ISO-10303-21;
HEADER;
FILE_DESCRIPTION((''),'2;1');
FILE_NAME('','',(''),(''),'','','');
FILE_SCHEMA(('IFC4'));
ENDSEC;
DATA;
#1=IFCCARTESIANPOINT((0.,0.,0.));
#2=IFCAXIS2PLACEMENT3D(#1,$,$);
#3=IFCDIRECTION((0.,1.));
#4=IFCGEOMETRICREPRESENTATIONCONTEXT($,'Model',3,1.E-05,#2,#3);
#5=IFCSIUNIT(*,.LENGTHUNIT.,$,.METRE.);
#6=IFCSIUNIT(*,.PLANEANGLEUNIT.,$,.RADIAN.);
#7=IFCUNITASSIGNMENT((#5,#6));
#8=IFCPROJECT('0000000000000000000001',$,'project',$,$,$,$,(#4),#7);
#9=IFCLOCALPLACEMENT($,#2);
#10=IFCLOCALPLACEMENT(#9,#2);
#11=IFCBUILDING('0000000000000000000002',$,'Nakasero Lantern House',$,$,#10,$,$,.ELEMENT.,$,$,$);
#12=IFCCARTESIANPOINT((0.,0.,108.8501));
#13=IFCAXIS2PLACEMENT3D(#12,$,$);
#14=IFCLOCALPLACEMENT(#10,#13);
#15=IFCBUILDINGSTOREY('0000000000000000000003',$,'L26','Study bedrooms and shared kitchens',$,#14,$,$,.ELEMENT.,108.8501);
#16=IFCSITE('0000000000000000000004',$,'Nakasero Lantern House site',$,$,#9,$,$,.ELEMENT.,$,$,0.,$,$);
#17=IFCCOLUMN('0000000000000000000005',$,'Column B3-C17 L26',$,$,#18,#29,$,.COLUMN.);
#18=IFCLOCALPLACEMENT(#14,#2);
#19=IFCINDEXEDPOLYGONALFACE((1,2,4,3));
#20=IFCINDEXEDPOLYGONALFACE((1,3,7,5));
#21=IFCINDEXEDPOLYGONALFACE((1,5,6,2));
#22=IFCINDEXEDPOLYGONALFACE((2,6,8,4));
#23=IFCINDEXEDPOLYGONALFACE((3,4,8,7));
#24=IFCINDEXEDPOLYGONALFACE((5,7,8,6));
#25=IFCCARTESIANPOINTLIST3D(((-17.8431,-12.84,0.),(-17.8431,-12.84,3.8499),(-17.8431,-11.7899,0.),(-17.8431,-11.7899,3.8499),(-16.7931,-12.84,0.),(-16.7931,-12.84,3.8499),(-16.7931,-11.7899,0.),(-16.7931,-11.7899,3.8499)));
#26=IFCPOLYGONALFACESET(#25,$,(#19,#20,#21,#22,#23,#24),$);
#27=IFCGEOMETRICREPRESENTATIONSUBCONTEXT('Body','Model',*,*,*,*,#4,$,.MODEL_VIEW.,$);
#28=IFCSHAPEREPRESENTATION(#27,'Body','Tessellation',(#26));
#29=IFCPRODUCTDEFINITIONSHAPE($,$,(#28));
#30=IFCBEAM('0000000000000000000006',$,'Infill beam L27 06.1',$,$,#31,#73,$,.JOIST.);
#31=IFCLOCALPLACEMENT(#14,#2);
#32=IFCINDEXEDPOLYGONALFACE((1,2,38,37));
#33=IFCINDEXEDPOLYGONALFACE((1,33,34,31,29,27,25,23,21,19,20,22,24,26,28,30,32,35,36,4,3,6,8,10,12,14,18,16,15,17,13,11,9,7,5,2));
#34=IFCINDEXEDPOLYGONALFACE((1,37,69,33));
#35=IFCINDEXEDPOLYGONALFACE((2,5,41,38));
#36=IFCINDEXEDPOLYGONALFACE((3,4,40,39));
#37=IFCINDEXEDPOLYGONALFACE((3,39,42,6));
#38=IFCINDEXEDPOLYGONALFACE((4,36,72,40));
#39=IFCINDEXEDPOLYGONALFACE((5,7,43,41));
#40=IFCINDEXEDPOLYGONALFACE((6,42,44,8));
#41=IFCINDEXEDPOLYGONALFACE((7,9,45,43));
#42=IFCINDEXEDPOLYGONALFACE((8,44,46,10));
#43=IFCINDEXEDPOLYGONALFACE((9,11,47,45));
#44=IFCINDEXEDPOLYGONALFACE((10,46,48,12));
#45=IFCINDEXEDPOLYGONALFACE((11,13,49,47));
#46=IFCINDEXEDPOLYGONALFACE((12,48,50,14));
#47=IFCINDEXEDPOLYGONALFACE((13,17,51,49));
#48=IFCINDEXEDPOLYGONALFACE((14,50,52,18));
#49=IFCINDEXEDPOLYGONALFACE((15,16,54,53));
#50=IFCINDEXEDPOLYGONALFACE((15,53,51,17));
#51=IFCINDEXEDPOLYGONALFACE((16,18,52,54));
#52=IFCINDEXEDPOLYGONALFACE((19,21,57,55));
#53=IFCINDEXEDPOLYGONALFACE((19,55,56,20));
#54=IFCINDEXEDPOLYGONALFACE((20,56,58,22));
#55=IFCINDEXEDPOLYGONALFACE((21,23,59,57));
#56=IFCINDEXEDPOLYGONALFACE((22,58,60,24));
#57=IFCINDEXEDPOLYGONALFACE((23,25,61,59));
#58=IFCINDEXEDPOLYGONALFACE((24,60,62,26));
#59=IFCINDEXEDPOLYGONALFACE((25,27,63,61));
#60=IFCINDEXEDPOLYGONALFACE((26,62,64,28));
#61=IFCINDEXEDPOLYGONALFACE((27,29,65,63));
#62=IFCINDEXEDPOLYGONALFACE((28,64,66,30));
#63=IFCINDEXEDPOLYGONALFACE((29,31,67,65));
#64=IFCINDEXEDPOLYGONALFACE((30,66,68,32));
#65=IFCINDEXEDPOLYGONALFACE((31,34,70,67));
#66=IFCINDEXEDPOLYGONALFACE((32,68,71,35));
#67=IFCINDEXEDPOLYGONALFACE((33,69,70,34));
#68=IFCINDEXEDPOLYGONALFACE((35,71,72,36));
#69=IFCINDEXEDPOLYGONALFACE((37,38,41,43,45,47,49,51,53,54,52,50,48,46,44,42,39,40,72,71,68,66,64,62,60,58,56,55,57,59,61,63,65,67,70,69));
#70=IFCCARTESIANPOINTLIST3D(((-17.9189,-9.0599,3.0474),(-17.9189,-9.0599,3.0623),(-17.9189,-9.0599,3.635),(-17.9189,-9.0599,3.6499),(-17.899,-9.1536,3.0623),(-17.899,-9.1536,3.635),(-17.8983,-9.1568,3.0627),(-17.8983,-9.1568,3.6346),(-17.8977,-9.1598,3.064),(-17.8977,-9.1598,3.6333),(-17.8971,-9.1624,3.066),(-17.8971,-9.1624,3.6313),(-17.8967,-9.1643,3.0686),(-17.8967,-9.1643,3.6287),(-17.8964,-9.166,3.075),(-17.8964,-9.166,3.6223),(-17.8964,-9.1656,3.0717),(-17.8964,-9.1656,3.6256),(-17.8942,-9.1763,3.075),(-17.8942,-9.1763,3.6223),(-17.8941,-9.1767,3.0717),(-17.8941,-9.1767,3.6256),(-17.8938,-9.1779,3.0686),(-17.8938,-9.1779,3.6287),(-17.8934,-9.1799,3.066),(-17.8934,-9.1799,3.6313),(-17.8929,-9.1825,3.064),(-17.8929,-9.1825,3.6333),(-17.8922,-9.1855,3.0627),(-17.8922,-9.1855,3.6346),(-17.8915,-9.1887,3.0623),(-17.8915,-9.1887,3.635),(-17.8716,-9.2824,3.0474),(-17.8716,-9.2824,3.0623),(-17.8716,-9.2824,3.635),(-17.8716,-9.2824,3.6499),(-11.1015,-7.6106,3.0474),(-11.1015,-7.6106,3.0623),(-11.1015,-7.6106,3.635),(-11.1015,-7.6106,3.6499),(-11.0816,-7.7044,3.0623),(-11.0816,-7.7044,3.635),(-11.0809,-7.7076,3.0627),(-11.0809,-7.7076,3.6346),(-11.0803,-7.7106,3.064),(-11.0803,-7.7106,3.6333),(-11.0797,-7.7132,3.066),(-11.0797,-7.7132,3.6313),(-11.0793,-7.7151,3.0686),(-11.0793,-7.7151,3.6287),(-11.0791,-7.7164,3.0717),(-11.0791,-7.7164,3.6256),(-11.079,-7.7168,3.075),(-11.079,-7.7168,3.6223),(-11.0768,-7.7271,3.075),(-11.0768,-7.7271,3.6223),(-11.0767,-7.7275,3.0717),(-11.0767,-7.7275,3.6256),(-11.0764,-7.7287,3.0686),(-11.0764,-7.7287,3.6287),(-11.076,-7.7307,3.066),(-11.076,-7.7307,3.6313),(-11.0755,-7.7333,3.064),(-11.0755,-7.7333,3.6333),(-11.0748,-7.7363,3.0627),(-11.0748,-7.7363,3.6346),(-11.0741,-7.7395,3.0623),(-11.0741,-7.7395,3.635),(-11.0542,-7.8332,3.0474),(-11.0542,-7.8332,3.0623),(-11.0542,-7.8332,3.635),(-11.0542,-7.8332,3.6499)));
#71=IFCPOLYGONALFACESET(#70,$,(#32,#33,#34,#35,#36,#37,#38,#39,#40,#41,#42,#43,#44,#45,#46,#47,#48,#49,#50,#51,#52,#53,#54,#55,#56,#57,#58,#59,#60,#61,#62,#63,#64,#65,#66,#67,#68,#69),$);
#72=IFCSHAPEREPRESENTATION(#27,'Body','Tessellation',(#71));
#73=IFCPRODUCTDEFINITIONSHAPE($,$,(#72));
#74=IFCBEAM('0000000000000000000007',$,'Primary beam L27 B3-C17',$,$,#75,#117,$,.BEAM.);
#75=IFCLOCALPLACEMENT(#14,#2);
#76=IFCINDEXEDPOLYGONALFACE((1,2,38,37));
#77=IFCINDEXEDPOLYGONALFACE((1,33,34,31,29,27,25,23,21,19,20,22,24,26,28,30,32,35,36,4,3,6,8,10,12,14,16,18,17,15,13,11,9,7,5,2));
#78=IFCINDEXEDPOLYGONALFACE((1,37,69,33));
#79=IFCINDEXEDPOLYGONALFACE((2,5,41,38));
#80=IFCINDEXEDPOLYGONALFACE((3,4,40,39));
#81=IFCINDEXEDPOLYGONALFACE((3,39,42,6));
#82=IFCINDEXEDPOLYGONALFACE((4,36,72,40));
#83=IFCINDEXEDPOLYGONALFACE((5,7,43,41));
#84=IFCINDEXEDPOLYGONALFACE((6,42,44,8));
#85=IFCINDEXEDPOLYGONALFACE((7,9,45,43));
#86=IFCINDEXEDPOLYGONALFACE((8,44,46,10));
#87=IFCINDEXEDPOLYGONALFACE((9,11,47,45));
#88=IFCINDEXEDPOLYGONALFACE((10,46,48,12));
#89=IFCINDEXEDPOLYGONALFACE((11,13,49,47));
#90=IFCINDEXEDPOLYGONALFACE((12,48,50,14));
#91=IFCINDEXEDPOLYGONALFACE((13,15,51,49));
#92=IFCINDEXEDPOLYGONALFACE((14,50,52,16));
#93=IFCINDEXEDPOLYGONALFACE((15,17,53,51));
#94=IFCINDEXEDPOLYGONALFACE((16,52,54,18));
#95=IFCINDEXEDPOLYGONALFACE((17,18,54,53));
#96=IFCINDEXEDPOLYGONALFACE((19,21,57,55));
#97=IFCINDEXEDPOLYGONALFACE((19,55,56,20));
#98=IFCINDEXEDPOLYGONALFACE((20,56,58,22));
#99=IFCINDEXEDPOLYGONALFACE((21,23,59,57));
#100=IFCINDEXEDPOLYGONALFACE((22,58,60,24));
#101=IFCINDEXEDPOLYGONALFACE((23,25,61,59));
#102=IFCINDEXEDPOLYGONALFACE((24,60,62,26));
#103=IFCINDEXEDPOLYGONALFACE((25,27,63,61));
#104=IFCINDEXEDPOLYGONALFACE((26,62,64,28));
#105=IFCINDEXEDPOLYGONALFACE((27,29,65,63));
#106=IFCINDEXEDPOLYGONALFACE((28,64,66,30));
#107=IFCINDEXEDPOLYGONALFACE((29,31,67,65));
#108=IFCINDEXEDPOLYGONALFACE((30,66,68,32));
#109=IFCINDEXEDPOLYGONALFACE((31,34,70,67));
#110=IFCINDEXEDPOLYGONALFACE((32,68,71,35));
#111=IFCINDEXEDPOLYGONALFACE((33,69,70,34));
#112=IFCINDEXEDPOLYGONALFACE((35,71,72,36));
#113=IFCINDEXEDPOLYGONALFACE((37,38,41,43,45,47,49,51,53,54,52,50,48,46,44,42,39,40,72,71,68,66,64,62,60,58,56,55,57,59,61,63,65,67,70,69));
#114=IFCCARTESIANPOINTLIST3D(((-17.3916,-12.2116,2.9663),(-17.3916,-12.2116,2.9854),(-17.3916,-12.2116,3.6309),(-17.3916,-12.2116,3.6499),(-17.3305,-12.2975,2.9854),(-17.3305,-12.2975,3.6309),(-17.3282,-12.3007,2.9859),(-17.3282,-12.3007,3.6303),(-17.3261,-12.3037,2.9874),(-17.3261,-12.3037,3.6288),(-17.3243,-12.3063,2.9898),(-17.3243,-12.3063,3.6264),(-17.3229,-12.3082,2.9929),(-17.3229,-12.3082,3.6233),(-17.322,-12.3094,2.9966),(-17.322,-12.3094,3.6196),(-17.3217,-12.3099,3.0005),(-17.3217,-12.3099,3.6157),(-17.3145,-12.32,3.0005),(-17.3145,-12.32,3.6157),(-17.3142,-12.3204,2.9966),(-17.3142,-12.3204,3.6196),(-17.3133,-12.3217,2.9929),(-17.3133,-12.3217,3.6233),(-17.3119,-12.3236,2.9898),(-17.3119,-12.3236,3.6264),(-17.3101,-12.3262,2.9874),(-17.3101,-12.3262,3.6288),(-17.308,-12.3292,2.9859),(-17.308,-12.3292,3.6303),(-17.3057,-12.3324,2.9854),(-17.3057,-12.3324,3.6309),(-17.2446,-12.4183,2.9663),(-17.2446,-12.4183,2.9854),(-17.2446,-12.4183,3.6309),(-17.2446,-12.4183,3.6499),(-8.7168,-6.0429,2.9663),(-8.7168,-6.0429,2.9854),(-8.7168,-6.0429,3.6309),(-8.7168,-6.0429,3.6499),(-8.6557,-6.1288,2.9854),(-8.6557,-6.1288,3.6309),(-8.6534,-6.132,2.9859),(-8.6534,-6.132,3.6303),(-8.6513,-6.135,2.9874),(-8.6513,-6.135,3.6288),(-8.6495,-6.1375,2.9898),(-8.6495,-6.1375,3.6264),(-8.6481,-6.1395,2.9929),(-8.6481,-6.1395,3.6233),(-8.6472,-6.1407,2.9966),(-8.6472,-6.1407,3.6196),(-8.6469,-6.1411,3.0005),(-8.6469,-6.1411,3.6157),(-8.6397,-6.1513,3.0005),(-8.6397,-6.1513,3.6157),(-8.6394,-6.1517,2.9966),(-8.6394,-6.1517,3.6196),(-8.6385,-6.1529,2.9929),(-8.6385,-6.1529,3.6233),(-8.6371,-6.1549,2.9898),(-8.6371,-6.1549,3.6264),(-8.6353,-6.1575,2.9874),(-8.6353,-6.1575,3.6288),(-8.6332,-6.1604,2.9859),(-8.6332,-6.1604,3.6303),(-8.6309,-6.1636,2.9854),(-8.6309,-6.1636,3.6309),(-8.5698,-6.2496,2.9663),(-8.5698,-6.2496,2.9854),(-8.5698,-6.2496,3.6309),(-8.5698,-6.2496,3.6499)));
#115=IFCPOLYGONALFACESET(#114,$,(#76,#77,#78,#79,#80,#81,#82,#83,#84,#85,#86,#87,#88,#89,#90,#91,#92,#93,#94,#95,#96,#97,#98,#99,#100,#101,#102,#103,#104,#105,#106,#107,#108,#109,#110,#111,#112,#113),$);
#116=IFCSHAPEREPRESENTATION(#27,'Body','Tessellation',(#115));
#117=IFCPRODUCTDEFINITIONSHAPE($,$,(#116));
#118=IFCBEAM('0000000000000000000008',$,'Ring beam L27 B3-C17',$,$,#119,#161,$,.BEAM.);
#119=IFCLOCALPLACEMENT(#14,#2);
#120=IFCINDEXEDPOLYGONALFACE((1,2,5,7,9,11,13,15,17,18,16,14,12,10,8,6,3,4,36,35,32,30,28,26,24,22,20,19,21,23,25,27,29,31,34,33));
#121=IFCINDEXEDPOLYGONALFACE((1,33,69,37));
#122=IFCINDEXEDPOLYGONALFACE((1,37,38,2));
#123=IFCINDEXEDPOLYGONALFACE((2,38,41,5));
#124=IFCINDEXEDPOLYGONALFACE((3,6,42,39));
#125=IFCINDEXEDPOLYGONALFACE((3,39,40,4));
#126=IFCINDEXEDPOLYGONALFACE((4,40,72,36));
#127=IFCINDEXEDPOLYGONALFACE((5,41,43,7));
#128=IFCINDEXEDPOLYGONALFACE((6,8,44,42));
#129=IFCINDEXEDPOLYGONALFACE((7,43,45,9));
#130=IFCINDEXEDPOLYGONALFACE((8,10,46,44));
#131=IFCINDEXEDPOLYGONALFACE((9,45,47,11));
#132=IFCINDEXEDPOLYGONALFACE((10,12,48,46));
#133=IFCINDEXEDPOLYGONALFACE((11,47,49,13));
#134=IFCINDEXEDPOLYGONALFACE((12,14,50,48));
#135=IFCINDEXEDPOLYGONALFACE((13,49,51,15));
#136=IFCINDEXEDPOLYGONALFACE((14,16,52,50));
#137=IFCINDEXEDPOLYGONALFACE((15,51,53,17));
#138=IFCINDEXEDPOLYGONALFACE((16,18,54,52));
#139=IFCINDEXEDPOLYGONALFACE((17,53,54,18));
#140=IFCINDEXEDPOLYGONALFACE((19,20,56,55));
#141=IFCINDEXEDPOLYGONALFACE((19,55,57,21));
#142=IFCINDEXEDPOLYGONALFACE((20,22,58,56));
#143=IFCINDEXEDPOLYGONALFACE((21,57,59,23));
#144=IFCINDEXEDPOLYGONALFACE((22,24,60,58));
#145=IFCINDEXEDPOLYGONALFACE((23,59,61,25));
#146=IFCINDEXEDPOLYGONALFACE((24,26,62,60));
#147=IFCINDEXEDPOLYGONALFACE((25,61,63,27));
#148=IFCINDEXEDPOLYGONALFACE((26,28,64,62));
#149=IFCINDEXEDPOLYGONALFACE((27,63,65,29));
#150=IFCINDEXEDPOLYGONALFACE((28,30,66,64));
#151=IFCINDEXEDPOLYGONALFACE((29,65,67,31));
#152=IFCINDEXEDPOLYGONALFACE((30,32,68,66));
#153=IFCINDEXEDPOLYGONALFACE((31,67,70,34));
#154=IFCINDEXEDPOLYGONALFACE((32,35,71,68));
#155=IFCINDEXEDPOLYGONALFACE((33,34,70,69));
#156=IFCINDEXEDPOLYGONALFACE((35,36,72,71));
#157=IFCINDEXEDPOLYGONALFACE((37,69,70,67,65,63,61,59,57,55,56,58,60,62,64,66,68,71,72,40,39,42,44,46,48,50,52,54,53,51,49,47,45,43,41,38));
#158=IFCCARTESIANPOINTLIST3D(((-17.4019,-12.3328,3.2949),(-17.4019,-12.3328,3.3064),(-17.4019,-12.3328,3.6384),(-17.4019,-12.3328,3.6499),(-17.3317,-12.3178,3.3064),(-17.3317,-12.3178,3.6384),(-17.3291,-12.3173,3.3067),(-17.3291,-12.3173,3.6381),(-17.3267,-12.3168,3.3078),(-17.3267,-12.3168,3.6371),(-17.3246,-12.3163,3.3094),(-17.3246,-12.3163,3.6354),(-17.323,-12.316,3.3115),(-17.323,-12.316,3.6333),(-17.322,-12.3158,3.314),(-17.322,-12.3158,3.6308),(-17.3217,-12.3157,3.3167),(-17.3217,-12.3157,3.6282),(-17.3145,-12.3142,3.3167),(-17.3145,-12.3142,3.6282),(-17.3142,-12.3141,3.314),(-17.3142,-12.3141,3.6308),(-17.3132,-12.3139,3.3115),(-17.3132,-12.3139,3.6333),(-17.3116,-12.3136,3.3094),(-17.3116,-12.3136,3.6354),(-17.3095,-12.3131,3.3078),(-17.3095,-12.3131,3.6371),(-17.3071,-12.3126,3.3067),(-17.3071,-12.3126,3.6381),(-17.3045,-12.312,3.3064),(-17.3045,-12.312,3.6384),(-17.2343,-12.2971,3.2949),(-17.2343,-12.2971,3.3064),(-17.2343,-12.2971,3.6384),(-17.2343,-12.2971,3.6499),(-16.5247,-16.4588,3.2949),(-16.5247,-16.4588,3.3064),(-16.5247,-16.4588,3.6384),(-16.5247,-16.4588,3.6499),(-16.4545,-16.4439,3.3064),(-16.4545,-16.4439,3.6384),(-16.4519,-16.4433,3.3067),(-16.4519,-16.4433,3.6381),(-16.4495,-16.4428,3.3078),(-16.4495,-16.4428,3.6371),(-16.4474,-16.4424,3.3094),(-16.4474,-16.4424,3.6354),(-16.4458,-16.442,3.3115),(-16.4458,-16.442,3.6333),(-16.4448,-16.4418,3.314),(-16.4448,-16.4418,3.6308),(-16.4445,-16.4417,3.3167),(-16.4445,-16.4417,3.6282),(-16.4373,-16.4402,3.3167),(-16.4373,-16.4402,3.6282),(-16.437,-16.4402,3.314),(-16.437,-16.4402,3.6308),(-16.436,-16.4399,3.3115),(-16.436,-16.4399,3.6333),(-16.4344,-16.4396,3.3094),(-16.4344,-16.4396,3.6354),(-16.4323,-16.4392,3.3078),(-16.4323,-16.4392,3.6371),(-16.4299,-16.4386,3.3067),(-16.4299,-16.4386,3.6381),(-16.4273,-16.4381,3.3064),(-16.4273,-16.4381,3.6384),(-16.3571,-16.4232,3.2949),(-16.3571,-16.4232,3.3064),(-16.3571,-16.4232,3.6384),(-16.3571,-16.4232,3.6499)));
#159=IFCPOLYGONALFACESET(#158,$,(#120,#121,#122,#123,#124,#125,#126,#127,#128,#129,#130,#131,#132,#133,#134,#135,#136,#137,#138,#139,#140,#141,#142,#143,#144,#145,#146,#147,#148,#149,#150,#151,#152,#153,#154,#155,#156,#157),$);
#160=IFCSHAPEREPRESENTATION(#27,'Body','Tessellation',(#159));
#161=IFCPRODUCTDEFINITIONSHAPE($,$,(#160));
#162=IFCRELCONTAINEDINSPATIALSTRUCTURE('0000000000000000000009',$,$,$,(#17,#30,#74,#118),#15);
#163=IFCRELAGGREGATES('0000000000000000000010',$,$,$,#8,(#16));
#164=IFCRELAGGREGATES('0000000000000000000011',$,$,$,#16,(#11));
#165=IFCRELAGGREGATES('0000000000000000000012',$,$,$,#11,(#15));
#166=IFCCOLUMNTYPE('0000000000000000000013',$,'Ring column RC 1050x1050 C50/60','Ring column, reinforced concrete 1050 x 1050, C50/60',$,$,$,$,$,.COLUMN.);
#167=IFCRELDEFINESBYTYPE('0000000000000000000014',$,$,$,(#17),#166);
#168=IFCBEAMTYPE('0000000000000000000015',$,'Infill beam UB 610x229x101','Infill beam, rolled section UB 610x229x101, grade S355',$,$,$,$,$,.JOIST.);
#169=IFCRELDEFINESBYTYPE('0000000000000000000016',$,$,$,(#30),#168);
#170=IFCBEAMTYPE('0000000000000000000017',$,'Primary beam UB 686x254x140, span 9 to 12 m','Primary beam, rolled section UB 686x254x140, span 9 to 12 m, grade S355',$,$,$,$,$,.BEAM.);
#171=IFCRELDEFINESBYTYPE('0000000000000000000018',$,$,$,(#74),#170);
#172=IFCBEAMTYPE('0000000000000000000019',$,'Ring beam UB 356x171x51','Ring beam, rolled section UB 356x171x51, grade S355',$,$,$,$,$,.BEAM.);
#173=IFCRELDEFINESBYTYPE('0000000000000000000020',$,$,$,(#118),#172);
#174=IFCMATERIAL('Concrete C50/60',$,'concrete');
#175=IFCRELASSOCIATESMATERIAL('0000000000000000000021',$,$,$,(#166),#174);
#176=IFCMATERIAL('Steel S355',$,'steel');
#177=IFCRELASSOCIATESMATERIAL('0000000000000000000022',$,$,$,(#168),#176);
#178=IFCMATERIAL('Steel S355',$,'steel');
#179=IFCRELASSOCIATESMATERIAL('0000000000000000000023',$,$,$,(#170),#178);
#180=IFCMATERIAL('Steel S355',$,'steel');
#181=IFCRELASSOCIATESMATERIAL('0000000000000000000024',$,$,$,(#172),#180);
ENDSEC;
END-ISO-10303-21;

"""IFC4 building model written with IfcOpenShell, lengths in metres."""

from ifc_helpers import new_model, si_unit, direction, frame, origin, origin_2d, place, context, subcontext, project, spatial, rectangle, i_section, extrude, material, material_profile, profile_set, type_object, element, save


model = new_model("IFC4")

# Units and contexts
model_context = context("Model", 3, precision=1e-05, world=origin(), true_north=direction((0.0, 1.0)))
body_context = subcontext(model_context, "Body", "Model", "MODEL_VIEW")
ifc_project = project(units=[si_unit("LENGTHUNIT", "METRE"), si_unit("PLANEANGLEUNIT", "RADIAN")], contexts=[model_context])

# Site, building, storey
site_placement = place(None, origin())
site = spatial("IfcSite", under=ifc_project, at=site_placement, Name="Nakasero Lantern House site", CompositionType="ELEMENT", RefElevation=0.0)
building_placement = place(site_placement, origin())
building = spatial("IfcBuilding", under=site, at=building_placement, Name="Nakasero Lantern House", CompositionType="ELEMENT")
storey_placement = place(building_placement, frame((0.0, 0.0, 108.8501)))
storey = spatial("IfcBuildingStorey", under=building, at=storey_placement, Name="L26", Description="Study bedrooms and shared kitchens", CompositionType="ELEMENT", Elevation=108.8501)

# Column
ifc_material_1 = material(Name="Concrete C50/60", Category="concrete")
ifc_material_profile_1 = material_profile(ifc_material_1, rectangle(XDim=1.05, YDim=1.05, at=origin_2d()), Name="RC 1050x1050")
ifc_profile_set_1 = profile_set([ifc_material_profile_1], Name="Concrete C50/60")
column_type = type_object("IfcColumnType", Name="Ring column RC 1050x1050 C50/60", Description="Ring column, reinforced concrete 1050 x 1050, C50/60", PredefinedType="COLUMN", material=ifc_profile_set_1)
column_placement = place(storey_placement, frame((-17.3181, -12.3149, 0.0), z_axis=(0.0, 0.0, 1.0), x_axis=(1.0, 0.0, 0.0)))
element("IfcColumn", 1, at=column_placement, inside=storey, type_object=column_type, Name="Column B3-C17 L26", PredefinedType="COLUMN", context=body_context, shape_type="SweptSolid", body=[
    extrude(rectangle(XDim=1.05, YDim=1.05, at=origin_2d()), origin(), (0.0, 0.0, 1.0), 3.8499),
])

# Beams
ifc_material_2 = material(Name="Steel S355", Category="steel")
ifc_material_profile_2 = material_profile(ifc_material_2, i_section(OverallWidth=0.2275, OverallDepth=0.6025, WebThickness=0.0105, FlangeThickness=0.0149, FilletRadius=0.0127, at=origin_2d()), Name="UB 610x229x101")
ifc_profile_set_2 = profile_set([ifc_material_profile_2], Name="Steel S355")
beam_type_1 = type_object("IfcBeamType", Name="Infill beam UB 610x229x101", Description="Infill beam, rolled section UB 610x229x101, grade S355", PredefinedType="JOIST", material=ifc_profile_set_2)
beam_1_placement = place(storey_placement, frame((-17.8953, -9.1711, 3.3486), z_axis=(0.978144, 0.207931, 0.0), x_axis=(-0.207931, 0.978144, 0.0)))
element("IfcBeam", 2, at=beam_1_placement, inside=storey, type_object=beam_type_1, Name="Infill beam L27 06.1", PredefinedType="JOIST", context=body_context, shape_type="SweptSolid", body=[
    extrude(i_section(OverallWidth=0.2275, OverallDepth=0.6025, WebThickness=0.0105, FlangeThickness=0.0149, FilletRadius=0.0127, at=origin_2d()), origin(), (0.0, 0.0, 1.0), 6.9697),
])
ifc_material_3 = material(Name="Steel S355", Category="steel")
ifc_material_profile_3 = material_profile(ifc_material_3, i_section(OverallWidth=0.2537, OverallDepth=0.6836, WebThickness=0.0125, FlangeThickness=0.019, FilletRadius=0.0151, at=origin_2d()), Name="UB 686x254x140")
ifc_profile_set_3 = profile_set([ifc_material_profile_3], Name="Steel S355")
beam_type_2 = type_object("IfcBeamType", Name="Primary beam UB 686x254x140, span 9 to 12 m", Description="Primary beam, rolled section UB 686x254x140, span 9 to 12 m, grade S355", PredefinedType="BEAM", material=ifc_profile_set_3)
beam_2_placement = place(storey_placement, frame((-17.3181, -12.3149, 3.3081), z_axis=(0.814957, 0.579521, 0.0), x_axis=(-0.579521, 0.814957, 0.0)))
element("IfcBeam", 3, at=beam_2_placement, inside=storey, type_object=beam_type_2, Name="Primary beam L27 B3-C17", PredefinedType="BEAM", context=body_context, shape_type="SweptSolid", body=[
    extrude(i_section(OverallWidth=0.2537, OverallDepth=0.6836, WebThickness=0.0125, FlangeThickness=0.019, FilletRadius=0.0151, at=origin_2d()), origin(), (0.0, 0.0, 1.0), 10.6445),
])
ifc_material_4 = material(Name="Steel S355", Category="steel")
ifc_material_profile_4 = material_profile(ifc_material_4, i_section(OverallWidth=0.1714, OverallDepth=0.355, WebThickness=0.0073, FlangeThickness=0.0115, FilletRadius=0.0103, at=origin_2d()), Name="UB 356x171x51")
ifc_profile_set_4 = profile_set([ifc_material_profile_4], Name="Steel S355")
beam_type_3 = type_object("IfcBeamType", Name="Ring beam UB 356x171x51", Description="Ring beam, rolled section UB 356x171x51, grade S355", PredefinedType="BEAM", material=ifc_profile_set_4)
beam_3_placement = place(storey_placement, frame((-17.3181, -12.3149, 3.4724), z_axis=(0.207956, -0.978138, 0.0), x_axis=(0.978138, 0.207956, 0.0)))
element("IfcBeam", 4, at=beam_3_placement, inside=storey, type_object=beam_type_3, Name="Ring beam L27 B3-C17", PredefinedType="BEAM", context=body_context, shape_type="SweptSolid", body=[
    extrude(i_section(OverallWidth=0.1714, OverallDepth=0.355, WebThickness=0.0073, FlangeThickness=0.0115, FilletRadius=0.0103, at=origin_2d()), origin(), (0.0, 0.0, 1.0), 4.2183),
])

save(model, "model.ifc")
